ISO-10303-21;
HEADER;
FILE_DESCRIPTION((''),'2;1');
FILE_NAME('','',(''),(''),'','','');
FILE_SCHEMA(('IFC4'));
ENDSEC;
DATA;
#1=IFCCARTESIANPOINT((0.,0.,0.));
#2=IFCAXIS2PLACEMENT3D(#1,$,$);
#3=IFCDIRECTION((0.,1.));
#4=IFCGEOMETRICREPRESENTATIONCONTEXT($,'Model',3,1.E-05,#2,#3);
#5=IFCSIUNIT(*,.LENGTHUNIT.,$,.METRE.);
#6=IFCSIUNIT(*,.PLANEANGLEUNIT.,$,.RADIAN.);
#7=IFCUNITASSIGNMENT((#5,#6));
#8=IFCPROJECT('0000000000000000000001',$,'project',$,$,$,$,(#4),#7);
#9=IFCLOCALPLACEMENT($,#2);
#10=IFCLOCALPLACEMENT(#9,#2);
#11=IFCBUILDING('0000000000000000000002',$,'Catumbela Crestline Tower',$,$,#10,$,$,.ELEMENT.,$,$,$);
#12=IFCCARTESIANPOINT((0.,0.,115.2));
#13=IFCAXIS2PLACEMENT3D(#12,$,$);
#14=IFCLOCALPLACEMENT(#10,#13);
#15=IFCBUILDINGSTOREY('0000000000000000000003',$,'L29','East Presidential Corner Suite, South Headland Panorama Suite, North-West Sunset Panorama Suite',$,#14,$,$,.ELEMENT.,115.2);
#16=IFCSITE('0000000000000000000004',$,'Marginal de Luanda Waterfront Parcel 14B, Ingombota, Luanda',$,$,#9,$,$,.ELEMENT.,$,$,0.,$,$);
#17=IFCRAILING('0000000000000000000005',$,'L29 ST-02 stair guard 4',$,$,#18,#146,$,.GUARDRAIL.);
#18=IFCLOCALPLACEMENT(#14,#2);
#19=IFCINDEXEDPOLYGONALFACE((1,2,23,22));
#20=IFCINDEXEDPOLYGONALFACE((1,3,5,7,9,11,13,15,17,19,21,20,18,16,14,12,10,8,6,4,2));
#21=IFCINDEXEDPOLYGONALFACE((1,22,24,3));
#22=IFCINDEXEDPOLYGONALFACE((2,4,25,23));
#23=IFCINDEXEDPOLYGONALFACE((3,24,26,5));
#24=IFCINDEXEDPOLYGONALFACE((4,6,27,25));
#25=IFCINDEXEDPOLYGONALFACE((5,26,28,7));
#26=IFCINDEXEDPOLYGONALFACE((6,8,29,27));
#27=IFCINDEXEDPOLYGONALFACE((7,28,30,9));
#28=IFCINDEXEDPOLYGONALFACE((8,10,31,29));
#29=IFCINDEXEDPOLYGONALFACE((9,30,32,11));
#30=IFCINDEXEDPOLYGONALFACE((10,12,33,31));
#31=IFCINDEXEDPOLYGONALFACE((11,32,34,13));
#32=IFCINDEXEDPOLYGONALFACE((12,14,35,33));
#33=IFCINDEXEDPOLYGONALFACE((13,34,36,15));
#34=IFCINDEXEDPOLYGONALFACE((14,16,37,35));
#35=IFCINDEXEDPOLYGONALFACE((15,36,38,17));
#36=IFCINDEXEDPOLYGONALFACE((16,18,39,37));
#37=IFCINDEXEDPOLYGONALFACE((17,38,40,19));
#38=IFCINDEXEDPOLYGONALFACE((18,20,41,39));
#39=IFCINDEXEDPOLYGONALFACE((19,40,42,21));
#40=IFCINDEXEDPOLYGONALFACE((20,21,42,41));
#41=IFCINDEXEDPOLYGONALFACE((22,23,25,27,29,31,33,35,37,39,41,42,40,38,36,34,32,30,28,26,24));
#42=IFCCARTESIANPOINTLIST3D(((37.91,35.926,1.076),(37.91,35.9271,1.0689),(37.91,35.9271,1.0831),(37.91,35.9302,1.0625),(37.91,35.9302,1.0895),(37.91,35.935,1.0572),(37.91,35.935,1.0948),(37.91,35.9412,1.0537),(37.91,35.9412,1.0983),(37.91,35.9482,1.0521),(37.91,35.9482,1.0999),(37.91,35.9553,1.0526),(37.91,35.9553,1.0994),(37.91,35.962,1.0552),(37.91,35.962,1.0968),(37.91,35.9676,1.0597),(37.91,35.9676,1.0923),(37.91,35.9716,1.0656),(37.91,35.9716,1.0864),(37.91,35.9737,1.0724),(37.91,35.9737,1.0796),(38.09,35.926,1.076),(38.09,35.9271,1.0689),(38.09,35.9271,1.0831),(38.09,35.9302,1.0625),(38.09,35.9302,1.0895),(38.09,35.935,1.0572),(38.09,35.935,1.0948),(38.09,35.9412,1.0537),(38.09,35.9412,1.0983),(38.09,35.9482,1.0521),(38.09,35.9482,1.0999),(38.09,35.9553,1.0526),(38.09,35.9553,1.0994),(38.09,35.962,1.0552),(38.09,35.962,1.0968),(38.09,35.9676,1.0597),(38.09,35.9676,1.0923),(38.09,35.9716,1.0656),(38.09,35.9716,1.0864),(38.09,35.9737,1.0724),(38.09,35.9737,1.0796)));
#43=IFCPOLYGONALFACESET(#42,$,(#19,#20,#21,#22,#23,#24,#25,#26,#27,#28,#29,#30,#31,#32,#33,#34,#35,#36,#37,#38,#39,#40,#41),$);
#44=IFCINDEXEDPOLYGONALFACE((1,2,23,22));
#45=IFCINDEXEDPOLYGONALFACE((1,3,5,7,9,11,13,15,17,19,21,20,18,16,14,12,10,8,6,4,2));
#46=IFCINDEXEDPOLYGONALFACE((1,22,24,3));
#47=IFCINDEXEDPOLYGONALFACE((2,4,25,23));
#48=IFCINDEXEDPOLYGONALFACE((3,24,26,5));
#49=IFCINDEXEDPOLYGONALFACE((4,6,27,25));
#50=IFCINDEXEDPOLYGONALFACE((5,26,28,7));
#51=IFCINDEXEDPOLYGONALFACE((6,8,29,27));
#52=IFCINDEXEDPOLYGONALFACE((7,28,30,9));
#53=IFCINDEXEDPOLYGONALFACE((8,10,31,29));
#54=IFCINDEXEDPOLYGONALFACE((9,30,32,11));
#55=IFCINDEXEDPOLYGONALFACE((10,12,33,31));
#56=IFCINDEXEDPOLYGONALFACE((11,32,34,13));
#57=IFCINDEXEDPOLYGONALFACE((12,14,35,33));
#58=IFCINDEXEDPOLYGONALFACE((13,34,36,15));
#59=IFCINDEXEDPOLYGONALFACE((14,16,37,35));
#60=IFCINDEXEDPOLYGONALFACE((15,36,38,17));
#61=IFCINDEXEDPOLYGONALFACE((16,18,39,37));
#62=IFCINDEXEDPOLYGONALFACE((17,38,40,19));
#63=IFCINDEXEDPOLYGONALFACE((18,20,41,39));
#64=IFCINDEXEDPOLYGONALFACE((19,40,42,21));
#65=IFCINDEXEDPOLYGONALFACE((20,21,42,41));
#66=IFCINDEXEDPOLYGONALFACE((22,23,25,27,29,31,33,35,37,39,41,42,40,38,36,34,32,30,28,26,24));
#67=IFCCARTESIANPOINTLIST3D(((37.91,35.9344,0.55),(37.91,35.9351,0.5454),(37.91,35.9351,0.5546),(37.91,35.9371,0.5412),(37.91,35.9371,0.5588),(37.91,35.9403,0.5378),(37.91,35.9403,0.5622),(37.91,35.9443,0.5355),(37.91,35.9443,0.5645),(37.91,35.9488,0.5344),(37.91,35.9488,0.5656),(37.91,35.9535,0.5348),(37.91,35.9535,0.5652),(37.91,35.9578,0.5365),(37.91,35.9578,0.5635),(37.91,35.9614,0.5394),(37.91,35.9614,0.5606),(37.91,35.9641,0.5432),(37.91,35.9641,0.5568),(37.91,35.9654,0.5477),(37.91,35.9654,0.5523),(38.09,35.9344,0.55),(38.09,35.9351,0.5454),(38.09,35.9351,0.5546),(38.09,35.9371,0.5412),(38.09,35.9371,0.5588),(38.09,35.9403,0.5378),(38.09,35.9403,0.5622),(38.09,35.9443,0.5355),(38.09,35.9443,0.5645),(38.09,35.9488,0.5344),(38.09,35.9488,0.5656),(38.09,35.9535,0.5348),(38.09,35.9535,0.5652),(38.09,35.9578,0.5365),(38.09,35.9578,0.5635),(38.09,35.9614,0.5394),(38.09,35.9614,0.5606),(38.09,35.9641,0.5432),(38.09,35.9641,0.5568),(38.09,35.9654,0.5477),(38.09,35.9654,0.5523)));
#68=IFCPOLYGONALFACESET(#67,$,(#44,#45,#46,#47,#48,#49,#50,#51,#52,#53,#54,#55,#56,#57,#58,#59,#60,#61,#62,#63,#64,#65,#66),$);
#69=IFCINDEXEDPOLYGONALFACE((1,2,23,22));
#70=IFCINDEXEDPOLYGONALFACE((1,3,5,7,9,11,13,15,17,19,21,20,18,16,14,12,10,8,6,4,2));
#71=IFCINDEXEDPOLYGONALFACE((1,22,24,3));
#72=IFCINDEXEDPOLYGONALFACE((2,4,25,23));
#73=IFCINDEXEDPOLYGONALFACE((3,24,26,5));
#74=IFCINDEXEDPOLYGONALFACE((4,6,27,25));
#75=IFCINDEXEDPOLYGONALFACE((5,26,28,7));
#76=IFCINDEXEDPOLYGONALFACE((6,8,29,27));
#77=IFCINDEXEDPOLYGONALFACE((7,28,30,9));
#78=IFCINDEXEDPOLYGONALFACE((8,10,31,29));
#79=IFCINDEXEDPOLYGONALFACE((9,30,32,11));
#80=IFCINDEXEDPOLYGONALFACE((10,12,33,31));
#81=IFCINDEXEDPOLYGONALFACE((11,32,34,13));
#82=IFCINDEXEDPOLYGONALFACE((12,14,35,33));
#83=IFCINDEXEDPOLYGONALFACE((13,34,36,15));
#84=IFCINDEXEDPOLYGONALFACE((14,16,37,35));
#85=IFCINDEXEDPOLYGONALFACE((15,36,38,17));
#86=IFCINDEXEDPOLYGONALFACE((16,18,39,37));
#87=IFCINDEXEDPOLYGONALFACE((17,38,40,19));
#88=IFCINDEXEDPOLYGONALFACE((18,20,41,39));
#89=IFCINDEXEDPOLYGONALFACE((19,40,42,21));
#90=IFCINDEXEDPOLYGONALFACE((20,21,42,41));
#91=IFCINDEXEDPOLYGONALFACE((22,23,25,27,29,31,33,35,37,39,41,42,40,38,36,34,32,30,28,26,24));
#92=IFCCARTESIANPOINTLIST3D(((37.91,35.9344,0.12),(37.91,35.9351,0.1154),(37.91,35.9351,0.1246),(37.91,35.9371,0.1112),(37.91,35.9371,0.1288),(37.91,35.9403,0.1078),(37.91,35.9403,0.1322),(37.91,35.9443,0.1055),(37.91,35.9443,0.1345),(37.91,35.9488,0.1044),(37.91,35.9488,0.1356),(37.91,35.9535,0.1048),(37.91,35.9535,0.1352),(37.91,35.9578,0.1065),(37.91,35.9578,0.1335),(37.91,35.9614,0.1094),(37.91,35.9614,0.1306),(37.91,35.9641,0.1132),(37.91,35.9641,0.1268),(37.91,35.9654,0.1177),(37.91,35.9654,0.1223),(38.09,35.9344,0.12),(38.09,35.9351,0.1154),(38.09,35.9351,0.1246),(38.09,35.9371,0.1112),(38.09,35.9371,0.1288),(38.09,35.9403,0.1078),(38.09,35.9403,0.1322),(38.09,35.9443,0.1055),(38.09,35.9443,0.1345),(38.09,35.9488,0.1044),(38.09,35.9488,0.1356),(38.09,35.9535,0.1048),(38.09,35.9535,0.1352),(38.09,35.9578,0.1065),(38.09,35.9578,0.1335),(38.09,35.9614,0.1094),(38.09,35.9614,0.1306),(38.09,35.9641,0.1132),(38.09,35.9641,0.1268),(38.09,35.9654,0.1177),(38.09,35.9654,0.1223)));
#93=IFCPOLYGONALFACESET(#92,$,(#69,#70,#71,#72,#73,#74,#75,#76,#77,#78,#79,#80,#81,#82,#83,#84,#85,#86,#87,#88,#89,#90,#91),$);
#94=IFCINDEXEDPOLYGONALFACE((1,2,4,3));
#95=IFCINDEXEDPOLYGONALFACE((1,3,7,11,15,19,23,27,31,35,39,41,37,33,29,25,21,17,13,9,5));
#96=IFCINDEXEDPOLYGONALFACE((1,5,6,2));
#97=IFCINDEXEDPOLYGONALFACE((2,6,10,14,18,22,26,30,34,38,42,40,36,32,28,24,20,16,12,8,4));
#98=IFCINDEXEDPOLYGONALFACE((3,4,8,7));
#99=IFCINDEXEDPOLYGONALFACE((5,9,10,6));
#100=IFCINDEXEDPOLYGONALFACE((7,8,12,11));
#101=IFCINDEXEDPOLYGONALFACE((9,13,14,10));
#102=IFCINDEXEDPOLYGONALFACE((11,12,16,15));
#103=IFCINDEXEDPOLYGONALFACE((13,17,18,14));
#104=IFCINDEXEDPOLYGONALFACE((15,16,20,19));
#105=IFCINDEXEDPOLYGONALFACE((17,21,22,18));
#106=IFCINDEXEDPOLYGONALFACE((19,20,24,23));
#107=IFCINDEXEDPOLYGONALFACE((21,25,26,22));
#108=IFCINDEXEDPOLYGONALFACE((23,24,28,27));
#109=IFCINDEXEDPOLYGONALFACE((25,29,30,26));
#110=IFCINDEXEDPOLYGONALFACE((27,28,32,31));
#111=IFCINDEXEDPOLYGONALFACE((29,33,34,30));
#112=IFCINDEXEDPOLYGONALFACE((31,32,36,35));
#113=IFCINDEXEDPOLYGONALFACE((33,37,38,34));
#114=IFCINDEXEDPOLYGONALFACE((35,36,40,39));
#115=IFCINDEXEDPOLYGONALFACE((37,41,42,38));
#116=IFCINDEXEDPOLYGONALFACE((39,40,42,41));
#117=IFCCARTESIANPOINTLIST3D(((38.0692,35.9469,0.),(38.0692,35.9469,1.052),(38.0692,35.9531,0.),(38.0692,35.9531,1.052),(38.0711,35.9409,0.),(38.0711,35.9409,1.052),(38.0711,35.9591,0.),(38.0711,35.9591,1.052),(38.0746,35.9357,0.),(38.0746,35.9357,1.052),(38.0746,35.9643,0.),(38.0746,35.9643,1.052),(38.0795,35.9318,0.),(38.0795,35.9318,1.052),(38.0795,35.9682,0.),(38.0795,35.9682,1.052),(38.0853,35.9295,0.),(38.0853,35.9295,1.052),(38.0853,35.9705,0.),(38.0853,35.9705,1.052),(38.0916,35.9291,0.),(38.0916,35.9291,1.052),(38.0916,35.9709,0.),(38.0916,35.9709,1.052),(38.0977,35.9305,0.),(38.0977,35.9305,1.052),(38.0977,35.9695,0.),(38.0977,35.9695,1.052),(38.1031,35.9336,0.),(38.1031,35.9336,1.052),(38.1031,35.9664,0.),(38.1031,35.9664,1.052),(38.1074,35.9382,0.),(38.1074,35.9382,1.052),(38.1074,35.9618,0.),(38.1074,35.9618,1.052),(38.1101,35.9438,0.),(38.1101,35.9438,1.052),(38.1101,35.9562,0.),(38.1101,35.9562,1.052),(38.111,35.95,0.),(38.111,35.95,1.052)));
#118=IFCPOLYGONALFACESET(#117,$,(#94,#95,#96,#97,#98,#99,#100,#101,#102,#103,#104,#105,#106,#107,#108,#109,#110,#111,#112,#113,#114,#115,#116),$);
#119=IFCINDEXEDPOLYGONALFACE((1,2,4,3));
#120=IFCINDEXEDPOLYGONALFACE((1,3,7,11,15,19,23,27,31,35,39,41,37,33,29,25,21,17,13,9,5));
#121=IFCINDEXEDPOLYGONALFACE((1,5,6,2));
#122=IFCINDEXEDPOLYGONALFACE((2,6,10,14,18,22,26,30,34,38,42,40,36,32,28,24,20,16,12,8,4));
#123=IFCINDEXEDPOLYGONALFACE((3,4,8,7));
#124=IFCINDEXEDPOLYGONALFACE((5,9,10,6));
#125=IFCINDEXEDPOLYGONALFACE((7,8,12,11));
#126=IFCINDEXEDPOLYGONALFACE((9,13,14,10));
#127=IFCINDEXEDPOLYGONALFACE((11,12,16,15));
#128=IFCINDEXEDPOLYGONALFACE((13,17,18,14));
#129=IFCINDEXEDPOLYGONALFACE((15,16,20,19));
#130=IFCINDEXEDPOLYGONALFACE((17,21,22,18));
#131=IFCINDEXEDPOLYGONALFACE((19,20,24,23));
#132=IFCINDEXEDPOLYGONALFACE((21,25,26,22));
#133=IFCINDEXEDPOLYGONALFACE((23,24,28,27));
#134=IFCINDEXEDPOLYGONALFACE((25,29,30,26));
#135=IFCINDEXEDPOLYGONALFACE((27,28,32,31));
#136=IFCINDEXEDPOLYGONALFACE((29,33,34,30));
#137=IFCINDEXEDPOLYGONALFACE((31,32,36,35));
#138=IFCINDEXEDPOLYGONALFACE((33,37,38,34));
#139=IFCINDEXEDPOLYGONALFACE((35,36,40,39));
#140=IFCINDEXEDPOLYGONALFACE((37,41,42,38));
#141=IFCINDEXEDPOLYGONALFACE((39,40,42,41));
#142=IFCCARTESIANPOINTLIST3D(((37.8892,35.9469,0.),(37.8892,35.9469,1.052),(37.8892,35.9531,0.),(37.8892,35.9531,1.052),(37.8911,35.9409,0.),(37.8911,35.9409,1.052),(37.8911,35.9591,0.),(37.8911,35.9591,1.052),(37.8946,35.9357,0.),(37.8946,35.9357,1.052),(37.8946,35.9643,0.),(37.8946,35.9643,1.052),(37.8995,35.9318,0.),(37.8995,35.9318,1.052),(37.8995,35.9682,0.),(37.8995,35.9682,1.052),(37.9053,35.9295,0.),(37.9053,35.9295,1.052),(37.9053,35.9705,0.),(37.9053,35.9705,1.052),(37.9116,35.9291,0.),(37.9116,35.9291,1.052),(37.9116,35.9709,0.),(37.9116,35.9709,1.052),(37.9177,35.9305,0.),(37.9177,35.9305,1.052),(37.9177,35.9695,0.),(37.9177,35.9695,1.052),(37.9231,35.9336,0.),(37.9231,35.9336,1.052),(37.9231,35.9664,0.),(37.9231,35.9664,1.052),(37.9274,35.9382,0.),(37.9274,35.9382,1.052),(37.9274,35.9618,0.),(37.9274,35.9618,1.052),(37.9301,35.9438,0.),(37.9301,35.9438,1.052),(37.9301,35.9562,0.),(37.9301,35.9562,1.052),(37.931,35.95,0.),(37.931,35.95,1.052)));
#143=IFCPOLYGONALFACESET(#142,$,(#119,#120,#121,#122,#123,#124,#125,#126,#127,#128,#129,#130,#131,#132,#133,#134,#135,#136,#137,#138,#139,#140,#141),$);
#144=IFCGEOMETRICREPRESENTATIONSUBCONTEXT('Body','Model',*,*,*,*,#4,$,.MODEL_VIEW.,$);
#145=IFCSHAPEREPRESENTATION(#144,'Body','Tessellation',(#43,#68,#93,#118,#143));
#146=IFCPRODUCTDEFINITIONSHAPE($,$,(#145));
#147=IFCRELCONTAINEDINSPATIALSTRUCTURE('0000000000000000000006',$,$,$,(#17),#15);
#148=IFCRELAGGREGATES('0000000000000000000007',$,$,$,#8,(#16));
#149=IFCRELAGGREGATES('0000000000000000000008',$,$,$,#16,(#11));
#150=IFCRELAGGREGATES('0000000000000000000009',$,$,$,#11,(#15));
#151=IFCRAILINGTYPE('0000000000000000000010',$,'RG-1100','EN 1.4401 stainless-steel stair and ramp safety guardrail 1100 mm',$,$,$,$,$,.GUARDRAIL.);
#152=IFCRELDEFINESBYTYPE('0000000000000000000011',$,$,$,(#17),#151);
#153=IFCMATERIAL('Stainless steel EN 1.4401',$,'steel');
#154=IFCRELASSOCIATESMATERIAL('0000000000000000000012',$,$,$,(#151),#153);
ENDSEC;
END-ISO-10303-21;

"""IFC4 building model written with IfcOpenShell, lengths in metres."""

from ifc_helpers import new_model, si_unit, direction, frame, origin, origin_2d, place, context, subcontext, project, spatial, circle, extrude, material, type_object, element, save


model = new_model("IFC4")

# Units and contexts
model_context = context("Model", 3, precision=1e-05, world=origin(), true_north=direction((0.0, 1.0)))
body_context = subcontext(model_context, "Body", "Model", "MODEL_VIEW")
ifc_project = project(units=[si_unit("LENGTHUNIT", "METRE"), si_unit("PLANEANGLEUNIT", "RADIAN")], contexts=[model_context])

# Site, building, storey
site_placement = place(None, origin())
site = spatial("IfcSite", under=ifc_project, at=site_placement, Name="Marginal de Luanda Waterfront Parcel 14B, Ingombota, Luanda", CompositionType="ELEMENT", RefElevation=0.0)
building_placement = place(site_placement, origin())
building = spatial("IfcBuilding", under=site, at=building_placement, Name="Catumbela Crestline Tower", CompositionType="ELEMENT")
storey_placement = place(building_placement, frame((0.0, 0.0, 115.2)))
storey = spatial("IfcBuildingStorey", under=building, at=storey_placement, Name="L29", Description="East Presidential Corner Suite, South Headland Panorama Suite, North-West Sunset Panorama Suite", CompositionType="ELEMENT", Elevation=115.2)

# Shared definitions
ifc_material_1 = material(Name="Stainless steel EN 1.4401", Category="steel")

# Railing
railing_type_1 = type_object("IfcRailingType", Name="RG-1100", Description="EN 1.4401 stainless-steel stair and ramp safety guardrail 1100 mm", PredefinedType="GUARDRAIL", material=ifc_material_1)
railing_1_placement = place(storey_placement, frame((38.09, 35.95, 0.0)))
element("IfcRailing", 1, at=railing_1_placement, inside=storey, type_object=railing_type_1, Name="L29 ST-02 stair guard 4", PredefinedType="GUARDRAIL", context=body_context, shape_type="SweptSolid", body=[
    extrude(circle(Radius=0.024, at=origin_2d()), frame((0.0, 0.0, 1.076), z_axis=(-1.0, 0.0, 0.0), x_axis=(0.0, -1.0, 0.0)), (0.0, 0.0, 1.0), 0.18),
    extrude(circle(Radius=0.0156, at=origin_2d()), frame((0.0, 0.0, 0.55), z_axis=(-1.0, 0.0, 0.0), x_axis=(0.0, -1.0, 0.0)), (0.0, 0.0, 1.0), 0.18),
    extrude(circle(Radius=0.0156, at=origin_2d()), frame((0.0, 0.0, 0.12), z_axis=(-1.0, 0.0, 0.0), x_axis=(0.0, -1.0, 0.0)), (0.0, 0.0, 1.0), 0.18),
    extrude(circle(Radius=0.021, at=origin_2d()), origin(), (0.0, 0.0, 1.0), 1.052),
    extrude(circle(Radius=0.021, at=origin_2d()), frame((-0.18, 0.0, 0.0)), (0.0, 0.0, 1.0), 1.052),
])

save(model, "model.ifc")
